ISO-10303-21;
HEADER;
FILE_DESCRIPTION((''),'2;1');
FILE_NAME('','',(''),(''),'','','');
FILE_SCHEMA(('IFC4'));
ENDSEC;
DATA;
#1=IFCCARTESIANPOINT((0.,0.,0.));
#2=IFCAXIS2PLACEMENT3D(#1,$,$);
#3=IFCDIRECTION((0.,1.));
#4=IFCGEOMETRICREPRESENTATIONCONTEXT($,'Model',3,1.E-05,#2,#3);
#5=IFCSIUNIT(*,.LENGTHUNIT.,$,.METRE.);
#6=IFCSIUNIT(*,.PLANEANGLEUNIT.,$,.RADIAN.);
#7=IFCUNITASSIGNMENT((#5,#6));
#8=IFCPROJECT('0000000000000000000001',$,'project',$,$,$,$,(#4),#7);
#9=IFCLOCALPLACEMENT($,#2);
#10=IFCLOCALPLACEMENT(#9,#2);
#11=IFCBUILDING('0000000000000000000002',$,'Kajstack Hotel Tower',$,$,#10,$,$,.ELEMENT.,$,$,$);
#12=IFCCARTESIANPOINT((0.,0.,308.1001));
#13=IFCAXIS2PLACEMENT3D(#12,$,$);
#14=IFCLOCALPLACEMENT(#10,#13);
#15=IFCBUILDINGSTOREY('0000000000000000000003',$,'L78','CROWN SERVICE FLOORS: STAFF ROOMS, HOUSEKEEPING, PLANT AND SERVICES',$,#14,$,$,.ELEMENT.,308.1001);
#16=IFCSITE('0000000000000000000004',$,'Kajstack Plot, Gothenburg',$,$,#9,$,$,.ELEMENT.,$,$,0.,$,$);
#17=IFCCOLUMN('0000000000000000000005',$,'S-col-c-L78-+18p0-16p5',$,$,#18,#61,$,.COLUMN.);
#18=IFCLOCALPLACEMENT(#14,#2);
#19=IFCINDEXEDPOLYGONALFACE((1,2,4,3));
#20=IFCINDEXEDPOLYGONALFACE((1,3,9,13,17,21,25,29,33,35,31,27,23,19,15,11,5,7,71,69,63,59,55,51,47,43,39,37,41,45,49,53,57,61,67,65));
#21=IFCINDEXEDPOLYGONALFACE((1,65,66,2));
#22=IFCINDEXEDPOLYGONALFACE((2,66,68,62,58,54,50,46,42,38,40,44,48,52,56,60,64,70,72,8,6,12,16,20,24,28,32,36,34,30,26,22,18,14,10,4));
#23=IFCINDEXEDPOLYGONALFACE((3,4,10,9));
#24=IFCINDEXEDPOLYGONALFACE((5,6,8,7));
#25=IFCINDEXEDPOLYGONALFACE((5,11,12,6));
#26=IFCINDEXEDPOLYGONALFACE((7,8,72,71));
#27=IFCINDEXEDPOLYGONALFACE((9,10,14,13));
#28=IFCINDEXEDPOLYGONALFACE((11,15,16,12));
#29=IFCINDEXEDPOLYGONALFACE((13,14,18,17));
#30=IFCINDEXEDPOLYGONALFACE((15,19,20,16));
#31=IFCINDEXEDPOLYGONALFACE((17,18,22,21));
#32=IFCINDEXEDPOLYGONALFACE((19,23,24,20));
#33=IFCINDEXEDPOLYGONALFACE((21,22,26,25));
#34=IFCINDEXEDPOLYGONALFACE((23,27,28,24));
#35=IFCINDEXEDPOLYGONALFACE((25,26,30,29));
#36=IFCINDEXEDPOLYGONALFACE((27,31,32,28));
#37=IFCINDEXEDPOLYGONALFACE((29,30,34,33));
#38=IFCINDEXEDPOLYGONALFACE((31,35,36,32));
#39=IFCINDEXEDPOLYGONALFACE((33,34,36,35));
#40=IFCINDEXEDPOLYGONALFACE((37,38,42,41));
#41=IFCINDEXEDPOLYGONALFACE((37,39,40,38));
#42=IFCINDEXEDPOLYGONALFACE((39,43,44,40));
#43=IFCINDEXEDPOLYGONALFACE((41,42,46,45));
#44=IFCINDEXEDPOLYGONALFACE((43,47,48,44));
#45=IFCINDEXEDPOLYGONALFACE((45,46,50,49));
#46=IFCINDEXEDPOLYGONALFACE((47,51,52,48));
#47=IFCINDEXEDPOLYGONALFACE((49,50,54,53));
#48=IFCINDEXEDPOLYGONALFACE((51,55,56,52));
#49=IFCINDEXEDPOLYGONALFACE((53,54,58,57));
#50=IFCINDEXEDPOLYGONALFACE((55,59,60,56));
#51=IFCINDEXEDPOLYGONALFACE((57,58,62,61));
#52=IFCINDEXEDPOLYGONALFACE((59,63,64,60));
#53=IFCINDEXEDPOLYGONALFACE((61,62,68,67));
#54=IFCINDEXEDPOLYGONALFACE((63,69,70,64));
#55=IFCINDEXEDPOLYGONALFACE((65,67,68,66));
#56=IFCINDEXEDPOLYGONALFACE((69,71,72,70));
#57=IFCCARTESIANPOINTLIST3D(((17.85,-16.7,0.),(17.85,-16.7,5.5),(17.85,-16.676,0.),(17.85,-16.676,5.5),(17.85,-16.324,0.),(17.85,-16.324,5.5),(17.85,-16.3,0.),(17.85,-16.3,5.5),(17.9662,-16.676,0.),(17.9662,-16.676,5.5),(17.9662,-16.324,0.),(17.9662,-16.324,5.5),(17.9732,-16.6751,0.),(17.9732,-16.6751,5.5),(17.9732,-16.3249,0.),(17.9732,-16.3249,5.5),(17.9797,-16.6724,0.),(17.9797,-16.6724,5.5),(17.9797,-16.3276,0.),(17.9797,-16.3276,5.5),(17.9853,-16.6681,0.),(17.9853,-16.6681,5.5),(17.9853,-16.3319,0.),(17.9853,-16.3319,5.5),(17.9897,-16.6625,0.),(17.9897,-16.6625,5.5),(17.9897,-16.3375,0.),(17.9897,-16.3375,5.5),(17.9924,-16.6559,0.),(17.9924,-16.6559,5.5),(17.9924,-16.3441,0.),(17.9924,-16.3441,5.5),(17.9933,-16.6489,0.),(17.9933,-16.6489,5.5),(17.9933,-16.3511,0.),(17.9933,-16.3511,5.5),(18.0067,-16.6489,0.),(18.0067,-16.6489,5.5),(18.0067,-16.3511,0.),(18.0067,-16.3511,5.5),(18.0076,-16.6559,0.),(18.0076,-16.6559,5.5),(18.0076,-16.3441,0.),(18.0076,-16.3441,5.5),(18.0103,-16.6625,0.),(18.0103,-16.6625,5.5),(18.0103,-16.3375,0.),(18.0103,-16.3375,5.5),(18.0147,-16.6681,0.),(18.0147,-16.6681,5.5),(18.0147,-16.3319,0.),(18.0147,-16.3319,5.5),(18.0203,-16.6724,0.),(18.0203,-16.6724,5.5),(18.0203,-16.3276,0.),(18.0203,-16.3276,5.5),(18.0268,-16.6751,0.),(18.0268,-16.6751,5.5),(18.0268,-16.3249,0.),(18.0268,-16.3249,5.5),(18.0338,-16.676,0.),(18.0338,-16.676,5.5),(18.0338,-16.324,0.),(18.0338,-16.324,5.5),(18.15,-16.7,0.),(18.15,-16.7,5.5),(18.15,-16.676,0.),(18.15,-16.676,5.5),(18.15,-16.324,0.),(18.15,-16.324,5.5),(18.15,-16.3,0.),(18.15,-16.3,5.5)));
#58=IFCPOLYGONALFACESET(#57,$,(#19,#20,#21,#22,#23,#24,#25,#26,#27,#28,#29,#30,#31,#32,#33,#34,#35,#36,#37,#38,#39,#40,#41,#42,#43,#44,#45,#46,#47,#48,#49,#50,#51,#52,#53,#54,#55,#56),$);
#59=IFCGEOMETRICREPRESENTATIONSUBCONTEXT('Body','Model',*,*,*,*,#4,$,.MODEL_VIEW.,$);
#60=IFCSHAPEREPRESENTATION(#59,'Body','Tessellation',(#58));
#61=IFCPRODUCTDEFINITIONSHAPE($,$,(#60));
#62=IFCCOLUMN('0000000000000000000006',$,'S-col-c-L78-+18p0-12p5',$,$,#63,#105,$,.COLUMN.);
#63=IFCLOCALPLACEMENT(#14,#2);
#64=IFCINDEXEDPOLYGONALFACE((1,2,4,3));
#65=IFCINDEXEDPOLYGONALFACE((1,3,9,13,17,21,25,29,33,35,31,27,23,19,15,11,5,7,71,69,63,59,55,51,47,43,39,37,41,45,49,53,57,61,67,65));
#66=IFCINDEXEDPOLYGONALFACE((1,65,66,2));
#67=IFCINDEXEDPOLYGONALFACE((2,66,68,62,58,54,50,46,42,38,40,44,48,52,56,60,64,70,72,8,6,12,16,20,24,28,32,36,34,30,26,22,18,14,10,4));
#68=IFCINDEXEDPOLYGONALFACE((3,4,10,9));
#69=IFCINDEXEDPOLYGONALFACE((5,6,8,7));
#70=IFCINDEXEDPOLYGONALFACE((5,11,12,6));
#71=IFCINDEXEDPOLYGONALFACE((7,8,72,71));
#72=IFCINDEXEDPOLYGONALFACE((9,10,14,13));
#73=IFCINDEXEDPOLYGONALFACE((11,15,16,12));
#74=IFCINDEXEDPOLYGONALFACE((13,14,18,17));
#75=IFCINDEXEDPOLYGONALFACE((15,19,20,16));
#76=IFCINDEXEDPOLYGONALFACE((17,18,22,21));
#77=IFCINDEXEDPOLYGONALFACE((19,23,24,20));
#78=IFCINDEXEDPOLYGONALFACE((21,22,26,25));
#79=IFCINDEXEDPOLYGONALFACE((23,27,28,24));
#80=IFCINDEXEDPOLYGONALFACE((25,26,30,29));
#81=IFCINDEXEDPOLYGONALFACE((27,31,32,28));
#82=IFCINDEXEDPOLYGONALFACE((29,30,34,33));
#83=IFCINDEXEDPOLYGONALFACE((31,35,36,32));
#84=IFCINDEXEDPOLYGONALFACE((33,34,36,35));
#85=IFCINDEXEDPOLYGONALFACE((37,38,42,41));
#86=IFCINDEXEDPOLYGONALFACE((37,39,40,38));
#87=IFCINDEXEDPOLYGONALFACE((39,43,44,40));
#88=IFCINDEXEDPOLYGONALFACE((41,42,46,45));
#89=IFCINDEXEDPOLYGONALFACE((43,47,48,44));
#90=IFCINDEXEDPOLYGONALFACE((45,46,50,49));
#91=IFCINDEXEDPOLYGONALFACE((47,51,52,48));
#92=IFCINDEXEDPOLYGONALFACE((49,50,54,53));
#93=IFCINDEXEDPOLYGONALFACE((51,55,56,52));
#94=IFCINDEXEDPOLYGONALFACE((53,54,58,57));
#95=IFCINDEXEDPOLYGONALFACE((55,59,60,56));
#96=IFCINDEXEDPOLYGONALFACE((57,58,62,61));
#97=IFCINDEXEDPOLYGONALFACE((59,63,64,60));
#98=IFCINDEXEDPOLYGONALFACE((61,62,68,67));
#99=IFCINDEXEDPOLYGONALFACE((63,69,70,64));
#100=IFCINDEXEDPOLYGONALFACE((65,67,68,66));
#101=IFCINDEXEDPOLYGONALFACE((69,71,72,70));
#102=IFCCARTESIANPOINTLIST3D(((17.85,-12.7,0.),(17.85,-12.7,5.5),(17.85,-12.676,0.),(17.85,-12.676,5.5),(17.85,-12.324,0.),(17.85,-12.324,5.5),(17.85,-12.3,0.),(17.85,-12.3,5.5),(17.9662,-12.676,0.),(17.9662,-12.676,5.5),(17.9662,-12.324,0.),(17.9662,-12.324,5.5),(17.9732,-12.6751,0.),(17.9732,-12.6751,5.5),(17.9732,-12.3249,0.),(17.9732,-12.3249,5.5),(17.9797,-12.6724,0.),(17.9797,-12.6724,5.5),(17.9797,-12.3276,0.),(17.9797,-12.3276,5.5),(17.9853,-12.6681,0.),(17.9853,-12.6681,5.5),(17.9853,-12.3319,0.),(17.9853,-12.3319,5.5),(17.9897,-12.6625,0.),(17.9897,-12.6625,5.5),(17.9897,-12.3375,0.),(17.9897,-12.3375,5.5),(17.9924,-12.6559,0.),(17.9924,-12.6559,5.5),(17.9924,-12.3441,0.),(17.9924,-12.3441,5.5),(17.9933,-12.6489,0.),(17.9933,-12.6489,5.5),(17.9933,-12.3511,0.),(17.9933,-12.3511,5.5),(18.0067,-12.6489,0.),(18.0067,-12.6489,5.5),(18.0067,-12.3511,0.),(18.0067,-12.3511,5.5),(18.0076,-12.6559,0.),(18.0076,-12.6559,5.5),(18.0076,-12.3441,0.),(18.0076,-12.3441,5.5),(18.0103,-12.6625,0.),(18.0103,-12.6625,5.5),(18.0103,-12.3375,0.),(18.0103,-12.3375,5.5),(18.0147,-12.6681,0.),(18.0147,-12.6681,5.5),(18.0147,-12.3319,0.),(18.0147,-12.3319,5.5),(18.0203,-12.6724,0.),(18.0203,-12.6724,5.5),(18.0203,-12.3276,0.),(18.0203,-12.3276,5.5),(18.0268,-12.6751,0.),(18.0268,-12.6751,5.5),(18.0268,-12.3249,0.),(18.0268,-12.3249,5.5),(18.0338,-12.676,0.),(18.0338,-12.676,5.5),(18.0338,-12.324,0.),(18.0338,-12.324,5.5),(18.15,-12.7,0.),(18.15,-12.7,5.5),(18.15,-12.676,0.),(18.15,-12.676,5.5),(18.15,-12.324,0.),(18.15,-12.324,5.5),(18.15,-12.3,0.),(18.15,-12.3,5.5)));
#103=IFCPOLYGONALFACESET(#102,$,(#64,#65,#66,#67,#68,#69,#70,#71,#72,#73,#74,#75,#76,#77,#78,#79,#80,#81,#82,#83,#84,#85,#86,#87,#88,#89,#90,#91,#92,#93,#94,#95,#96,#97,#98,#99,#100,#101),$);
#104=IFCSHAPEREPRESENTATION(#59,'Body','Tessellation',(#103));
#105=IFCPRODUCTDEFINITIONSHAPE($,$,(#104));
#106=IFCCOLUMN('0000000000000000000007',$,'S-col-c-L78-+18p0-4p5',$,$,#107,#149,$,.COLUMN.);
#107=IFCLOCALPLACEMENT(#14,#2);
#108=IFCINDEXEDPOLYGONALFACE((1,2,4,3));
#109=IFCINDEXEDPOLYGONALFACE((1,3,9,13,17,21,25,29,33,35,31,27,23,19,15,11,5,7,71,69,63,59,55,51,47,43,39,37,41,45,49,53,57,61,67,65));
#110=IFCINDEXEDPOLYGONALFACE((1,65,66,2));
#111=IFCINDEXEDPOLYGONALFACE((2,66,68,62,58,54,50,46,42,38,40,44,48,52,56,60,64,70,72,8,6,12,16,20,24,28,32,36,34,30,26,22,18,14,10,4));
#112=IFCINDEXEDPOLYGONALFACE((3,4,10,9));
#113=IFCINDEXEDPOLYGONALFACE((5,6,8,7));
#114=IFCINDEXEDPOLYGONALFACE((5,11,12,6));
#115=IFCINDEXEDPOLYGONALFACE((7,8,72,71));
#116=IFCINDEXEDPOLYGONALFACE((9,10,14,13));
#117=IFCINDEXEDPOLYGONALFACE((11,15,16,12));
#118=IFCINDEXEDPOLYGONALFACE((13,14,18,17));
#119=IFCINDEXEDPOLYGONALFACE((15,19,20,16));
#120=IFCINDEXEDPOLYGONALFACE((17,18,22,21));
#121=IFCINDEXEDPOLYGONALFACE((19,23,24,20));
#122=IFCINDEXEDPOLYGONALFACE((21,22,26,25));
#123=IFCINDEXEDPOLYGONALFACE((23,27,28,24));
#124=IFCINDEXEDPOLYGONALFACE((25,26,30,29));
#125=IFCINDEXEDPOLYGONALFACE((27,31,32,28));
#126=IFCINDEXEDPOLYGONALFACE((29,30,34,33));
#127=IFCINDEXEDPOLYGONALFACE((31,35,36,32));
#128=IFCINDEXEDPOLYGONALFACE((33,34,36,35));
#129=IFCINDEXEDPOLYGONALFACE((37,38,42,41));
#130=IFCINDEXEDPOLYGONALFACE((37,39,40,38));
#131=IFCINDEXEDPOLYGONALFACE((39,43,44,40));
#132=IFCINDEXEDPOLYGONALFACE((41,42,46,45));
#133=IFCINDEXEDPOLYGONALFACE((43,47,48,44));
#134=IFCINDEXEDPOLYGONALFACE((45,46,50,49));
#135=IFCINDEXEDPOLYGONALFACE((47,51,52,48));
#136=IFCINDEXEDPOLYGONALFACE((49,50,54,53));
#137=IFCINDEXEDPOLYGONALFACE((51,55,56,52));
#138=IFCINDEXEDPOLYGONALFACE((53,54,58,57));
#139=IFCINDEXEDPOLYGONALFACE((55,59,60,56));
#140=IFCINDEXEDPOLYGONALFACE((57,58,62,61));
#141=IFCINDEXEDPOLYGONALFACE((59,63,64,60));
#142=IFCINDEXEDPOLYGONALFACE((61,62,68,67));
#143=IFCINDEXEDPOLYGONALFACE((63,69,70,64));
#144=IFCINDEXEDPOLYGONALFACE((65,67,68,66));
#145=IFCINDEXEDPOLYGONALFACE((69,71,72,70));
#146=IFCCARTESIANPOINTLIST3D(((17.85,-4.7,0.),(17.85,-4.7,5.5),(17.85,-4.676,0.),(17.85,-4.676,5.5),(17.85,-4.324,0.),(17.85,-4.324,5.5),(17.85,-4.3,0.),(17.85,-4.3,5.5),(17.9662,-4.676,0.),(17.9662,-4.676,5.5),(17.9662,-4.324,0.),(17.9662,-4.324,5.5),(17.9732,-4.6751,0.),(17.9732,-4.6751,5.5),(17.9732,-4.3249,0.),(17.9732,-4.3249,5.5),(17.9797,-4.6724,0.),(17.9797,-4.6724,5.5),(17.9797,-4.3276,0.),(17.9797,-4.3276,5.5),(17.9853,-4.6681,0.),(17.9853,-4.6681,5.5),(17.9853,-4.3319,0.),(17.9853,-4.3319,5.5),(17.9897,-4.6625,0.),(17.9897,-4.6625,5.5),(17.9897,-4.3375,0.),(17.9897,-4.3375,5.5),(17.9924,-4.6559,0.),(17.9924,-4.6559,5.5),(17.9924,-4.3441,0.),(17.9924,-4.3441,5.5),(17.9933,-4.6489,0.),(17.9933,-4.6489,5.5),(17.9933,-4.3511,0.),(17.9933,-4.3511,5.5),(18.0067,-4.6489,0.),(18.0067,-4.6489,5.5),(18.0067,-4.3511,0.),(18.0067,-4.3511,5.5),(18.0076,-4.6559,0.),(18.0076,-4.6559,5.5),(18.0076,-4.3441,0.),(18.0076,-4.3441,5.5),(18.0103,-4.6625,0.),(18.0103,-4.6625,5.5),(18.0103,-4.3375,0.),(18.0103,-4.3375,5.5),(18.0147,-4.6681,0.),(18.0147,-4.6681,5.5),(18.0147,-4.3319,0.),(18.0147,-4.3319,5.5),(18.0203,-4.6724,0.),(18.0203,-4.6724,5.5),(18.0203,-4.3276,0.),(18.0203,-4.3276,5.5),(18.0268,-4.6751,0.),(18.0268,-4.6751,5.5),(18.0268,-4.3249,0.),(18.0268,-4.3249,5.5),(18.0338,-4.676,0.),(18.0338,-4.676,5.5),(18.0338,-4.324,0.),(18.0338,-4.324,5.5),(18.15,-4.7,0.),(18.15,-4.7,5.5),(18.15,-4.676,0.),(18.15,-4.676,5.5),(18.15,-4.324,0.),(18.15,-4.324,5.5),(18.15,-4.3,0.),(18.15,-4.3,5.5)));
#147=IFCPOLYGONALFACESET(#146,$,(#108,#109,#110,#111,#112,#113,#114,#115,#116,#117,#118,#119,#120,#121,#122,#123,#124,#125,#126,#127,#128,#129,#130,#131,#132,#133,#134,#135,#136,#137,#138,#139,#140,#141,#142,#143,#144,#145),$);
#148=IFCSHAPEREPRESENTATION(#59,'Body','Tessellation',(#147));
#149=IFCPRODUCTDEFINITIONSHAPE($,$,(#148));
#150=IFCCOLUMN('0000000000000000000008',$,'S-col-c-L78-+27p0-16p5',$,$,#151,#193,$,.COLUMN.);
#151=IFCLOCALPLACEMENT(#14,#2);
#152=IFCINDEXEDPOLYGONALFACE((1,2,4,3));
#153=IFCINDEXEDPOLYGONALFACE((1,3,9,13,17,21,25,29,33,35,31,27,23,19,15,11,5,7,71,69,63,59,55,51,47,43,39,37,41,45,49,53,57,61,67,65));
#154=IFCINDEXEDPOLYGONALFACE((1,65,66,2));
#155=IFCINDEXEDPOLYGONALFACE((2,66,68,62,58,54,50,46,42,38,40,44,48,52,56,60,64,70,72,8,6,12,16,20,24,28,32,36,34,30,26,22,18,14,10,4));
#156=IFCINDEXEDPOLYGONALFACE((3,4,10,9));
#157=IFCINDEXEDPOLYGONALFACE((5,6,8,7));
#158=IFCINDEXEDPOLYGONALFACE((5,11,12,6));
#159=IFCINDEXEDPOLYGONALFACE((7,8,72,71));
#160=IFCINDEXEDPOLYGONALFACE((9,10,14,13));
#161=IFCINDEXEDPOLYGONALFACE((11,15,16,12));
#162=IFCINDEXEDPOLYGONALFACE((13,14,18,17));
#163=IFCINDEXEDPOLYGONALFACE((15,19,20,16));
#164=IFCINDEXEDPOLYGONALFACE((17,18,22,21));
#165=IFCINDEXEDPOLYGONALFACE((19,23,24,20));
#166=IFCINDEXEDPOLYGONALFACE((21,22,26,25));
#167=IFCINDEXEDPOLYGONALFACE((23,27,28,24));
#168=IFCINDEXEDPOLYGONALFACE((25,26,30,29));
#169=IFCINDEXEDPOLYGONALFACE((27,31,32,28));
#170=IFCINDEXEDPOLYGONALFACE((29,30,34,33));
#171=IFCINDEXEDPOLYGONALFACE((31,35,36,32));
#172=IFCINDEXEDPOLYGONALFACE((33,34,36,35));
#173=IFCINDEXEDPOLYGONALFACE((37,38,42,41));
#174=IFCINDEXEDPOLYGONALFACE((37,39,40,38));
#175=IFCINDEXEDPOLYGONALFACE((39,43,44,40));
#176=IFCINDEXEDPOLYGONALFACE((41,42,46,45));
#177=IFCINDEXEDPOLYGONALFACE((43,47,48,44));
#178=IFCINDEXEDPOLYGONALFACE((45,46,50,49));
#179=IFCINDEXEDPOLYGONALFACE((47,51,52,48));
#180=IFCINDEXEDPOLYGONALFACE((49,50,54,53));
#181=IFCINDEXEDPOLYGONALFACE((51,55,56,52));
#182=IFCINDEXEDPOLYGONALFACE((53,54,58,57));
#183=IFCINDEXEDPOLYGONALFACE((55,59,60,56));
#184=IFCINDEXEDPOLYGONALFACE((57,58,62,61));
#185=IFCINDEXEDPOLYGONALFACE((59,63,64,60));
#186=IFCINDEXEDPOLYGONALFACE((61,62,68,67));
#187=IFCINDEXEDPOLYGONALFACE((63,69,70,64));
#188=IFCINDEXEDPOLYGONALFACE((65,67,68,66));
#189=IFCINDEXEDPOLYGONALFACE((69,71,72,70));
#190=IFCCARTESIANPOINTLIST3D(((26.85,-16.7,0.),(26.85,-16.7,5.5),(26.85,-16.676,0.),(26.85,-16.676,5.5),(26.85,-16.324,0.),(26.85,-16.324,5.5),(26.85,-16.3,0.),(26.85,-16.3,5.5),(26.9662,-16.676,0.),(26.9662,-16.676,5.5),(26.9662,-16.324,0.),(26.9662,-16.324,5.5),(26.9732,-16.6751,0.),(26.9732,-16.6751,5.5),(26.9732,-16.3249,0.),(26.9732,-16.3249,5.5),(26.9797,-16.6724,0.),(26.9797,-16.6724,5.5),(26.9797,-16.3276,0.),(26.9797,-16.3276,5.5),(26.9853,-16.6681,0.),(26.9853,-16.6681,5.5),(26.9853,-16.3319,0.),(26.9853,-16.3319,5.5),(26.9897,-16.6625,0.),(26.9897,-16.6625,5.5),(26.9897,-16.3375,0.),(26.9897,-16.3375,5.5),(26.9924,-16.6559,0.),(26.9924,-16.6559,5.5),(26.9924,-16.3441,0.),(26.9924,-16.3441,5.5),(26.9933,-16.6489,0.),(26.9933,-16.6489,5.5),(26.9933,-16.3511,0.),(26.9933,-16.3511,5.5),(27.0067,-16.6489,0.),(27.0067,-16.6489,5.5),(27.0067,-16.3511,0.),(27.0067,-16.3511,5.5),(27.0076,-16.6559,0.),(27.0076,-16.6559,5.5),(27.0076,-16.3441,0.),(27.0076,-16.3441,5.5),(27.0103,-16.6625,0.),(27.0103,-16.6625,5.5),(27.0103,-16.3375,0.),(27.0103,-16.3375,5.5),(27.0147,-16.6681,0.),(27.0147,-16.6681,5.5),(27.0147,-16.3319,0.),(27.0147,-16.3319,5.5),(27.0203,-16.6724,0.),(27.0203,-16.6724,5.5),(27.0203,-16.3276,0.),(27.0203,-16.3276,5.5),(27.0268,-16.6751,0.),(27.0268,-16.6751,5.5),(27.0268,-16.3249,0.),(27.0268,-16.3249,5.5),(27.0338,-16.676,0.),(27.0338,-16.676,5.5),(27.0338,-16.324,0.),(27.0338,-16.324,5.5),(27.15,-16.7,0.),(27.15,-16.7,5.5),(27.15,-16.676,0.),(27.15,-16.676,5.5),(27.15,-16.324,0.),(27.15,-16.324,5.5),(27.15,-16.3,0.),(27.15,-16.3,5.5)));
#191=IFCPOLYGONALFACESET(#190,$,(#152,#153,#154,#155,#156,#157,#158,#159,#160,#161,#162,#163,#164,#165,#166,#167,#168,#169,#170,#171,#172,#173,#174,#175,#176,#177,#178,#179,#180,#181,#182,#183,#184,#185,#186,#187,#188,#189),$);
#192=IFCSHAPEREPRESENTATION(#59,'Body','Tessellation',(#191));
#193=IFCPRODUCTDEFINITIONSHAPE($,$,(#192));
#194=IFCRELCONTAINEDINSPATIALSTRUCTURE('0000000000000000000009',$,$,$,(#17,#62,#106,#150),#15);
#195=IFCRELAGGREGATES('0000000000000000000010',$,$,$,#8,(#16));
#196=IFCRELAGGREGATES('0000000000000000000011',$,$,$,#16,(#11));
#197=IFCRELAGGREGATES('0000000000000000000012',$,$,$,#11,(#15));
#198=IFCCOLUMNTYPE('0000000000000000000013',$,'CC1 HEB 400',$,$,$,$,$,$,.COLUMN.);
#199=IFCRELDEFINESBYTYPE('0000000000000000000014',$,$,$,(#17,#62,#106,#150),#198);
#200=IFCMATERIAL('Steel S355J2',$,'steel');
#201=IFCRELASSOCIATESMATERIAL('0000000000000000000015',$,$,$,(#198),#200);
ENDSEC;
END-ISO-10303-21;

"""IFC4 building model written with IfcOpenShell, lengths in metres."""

from ifc_helpers import new_model, si_unit, direction, frame, origin, origin_2d, place, context, subcontext, project, spatial, i_section, extrude, material, material_profile, profile_set, type_object, element, save


model = new_model("IFC4")

# Units and contexts
model_context = context("Model", 3, precision=1e-05, world=origin(), true_north=direction((0.0, 1.0)))
body_context = subcontext(model_context, "Body", "Model", "MODEL_VIEW")
ifc_project = project(units=[si_unit("LENGTHUNIT", "METRE"), si_unit("PLANEANGLEUNIT", "RADIAN")], contexts=[model_context])

# Site, building, storey
site_placement = place(None, origin())
site = spatial("IfcSite", under=ifc_project, at=site_placement, Name="Kajstack Plot, Gothenburg", CompositionType="ELEMENT", RefElevation=0.0)
building_placement = place(site_placement, origin())
building = spatial("IfcBuilding", under=site, at=building_placement, Name="Kajstack Hotel Tower", CompositionType="ELEMENT")
storey_placement = place(building_placement, frame((0.0, 0.0, 308.1001)))
storey = spatial("IfcBuildingStorey", under=building, at=storey_placement, Name="L78", Description="CROWN SERVICE FLOORS: STAFF ROOMS, HOUSEKEEPING, PLANT AND SERVICES", CompositionType="ELEMENT", Elevation=308.1001)

# Columns
ifc_material_1 = material(Name="Steel S355J2", Category="steel")
ifc_material_profile_1 = material_profile(ifc_material_1, i_section(OverallWidth=0.3, OverallDepth=0.3999, WebThickness=0.0134, FlangeThickness=0.0239, FilletRadius=0.0271, at=origin_2d()), Name="HEB 400")
ifc_profile_set_1 = profile_set([ifc_material_profile_1], Name="Steel S355J2")
column_type = type_object("IfcColumnType", Name="CC1 HEB 400", PredefinedType="COLUMN", material=ifc_profile_set_1)
for number, where, z_axis, x_axis, name in (
    (1, (18.0, -16.5, 0.0), (0.0, 0.0, 1.0), (1.0, 0.0, 0.0), "S-col-c-L78-+18p0-16p5"),
    (2, (18.0, -12.5, 0.0), (0.0, 0.0, 1.0), (1.0, 0.0, 0.0), "S-col-c-L78-+18p0-12p5"),
    (3, (18.0, -4.5, 0.0), (0.0, 0.0, 1.0), (1.0, 0.0, 0.0), "S-col-c-L78-+18p0-4p5"),
    (4, (27.0, -16.5, 0.0), (0.0, 0.0, 1.0), (1.0, 0.0, 0.0), "S-col-c-L78-+27p0-16p5"),
):
    element("IfcColumn", number, at=place(storey_placement, frame(where, z_axis=z_axis, x_axis=x_axis)), inside=storey, type_object=column_type, Name=name, PredefinedType="COLUMN", context=body_context, shape_type="SweptSolid", body=[
        extrude(i_section(OverallWidth=0.3, OverallDepth=0.3999, WebThickness=0.0134, FlangeThickness=0.0239, FilletRadius=0.0271, at=origin_2d()), origin(), (0.0, 0.0, 1.0), 5.5),
    ])

save(model, "model.ifc")
